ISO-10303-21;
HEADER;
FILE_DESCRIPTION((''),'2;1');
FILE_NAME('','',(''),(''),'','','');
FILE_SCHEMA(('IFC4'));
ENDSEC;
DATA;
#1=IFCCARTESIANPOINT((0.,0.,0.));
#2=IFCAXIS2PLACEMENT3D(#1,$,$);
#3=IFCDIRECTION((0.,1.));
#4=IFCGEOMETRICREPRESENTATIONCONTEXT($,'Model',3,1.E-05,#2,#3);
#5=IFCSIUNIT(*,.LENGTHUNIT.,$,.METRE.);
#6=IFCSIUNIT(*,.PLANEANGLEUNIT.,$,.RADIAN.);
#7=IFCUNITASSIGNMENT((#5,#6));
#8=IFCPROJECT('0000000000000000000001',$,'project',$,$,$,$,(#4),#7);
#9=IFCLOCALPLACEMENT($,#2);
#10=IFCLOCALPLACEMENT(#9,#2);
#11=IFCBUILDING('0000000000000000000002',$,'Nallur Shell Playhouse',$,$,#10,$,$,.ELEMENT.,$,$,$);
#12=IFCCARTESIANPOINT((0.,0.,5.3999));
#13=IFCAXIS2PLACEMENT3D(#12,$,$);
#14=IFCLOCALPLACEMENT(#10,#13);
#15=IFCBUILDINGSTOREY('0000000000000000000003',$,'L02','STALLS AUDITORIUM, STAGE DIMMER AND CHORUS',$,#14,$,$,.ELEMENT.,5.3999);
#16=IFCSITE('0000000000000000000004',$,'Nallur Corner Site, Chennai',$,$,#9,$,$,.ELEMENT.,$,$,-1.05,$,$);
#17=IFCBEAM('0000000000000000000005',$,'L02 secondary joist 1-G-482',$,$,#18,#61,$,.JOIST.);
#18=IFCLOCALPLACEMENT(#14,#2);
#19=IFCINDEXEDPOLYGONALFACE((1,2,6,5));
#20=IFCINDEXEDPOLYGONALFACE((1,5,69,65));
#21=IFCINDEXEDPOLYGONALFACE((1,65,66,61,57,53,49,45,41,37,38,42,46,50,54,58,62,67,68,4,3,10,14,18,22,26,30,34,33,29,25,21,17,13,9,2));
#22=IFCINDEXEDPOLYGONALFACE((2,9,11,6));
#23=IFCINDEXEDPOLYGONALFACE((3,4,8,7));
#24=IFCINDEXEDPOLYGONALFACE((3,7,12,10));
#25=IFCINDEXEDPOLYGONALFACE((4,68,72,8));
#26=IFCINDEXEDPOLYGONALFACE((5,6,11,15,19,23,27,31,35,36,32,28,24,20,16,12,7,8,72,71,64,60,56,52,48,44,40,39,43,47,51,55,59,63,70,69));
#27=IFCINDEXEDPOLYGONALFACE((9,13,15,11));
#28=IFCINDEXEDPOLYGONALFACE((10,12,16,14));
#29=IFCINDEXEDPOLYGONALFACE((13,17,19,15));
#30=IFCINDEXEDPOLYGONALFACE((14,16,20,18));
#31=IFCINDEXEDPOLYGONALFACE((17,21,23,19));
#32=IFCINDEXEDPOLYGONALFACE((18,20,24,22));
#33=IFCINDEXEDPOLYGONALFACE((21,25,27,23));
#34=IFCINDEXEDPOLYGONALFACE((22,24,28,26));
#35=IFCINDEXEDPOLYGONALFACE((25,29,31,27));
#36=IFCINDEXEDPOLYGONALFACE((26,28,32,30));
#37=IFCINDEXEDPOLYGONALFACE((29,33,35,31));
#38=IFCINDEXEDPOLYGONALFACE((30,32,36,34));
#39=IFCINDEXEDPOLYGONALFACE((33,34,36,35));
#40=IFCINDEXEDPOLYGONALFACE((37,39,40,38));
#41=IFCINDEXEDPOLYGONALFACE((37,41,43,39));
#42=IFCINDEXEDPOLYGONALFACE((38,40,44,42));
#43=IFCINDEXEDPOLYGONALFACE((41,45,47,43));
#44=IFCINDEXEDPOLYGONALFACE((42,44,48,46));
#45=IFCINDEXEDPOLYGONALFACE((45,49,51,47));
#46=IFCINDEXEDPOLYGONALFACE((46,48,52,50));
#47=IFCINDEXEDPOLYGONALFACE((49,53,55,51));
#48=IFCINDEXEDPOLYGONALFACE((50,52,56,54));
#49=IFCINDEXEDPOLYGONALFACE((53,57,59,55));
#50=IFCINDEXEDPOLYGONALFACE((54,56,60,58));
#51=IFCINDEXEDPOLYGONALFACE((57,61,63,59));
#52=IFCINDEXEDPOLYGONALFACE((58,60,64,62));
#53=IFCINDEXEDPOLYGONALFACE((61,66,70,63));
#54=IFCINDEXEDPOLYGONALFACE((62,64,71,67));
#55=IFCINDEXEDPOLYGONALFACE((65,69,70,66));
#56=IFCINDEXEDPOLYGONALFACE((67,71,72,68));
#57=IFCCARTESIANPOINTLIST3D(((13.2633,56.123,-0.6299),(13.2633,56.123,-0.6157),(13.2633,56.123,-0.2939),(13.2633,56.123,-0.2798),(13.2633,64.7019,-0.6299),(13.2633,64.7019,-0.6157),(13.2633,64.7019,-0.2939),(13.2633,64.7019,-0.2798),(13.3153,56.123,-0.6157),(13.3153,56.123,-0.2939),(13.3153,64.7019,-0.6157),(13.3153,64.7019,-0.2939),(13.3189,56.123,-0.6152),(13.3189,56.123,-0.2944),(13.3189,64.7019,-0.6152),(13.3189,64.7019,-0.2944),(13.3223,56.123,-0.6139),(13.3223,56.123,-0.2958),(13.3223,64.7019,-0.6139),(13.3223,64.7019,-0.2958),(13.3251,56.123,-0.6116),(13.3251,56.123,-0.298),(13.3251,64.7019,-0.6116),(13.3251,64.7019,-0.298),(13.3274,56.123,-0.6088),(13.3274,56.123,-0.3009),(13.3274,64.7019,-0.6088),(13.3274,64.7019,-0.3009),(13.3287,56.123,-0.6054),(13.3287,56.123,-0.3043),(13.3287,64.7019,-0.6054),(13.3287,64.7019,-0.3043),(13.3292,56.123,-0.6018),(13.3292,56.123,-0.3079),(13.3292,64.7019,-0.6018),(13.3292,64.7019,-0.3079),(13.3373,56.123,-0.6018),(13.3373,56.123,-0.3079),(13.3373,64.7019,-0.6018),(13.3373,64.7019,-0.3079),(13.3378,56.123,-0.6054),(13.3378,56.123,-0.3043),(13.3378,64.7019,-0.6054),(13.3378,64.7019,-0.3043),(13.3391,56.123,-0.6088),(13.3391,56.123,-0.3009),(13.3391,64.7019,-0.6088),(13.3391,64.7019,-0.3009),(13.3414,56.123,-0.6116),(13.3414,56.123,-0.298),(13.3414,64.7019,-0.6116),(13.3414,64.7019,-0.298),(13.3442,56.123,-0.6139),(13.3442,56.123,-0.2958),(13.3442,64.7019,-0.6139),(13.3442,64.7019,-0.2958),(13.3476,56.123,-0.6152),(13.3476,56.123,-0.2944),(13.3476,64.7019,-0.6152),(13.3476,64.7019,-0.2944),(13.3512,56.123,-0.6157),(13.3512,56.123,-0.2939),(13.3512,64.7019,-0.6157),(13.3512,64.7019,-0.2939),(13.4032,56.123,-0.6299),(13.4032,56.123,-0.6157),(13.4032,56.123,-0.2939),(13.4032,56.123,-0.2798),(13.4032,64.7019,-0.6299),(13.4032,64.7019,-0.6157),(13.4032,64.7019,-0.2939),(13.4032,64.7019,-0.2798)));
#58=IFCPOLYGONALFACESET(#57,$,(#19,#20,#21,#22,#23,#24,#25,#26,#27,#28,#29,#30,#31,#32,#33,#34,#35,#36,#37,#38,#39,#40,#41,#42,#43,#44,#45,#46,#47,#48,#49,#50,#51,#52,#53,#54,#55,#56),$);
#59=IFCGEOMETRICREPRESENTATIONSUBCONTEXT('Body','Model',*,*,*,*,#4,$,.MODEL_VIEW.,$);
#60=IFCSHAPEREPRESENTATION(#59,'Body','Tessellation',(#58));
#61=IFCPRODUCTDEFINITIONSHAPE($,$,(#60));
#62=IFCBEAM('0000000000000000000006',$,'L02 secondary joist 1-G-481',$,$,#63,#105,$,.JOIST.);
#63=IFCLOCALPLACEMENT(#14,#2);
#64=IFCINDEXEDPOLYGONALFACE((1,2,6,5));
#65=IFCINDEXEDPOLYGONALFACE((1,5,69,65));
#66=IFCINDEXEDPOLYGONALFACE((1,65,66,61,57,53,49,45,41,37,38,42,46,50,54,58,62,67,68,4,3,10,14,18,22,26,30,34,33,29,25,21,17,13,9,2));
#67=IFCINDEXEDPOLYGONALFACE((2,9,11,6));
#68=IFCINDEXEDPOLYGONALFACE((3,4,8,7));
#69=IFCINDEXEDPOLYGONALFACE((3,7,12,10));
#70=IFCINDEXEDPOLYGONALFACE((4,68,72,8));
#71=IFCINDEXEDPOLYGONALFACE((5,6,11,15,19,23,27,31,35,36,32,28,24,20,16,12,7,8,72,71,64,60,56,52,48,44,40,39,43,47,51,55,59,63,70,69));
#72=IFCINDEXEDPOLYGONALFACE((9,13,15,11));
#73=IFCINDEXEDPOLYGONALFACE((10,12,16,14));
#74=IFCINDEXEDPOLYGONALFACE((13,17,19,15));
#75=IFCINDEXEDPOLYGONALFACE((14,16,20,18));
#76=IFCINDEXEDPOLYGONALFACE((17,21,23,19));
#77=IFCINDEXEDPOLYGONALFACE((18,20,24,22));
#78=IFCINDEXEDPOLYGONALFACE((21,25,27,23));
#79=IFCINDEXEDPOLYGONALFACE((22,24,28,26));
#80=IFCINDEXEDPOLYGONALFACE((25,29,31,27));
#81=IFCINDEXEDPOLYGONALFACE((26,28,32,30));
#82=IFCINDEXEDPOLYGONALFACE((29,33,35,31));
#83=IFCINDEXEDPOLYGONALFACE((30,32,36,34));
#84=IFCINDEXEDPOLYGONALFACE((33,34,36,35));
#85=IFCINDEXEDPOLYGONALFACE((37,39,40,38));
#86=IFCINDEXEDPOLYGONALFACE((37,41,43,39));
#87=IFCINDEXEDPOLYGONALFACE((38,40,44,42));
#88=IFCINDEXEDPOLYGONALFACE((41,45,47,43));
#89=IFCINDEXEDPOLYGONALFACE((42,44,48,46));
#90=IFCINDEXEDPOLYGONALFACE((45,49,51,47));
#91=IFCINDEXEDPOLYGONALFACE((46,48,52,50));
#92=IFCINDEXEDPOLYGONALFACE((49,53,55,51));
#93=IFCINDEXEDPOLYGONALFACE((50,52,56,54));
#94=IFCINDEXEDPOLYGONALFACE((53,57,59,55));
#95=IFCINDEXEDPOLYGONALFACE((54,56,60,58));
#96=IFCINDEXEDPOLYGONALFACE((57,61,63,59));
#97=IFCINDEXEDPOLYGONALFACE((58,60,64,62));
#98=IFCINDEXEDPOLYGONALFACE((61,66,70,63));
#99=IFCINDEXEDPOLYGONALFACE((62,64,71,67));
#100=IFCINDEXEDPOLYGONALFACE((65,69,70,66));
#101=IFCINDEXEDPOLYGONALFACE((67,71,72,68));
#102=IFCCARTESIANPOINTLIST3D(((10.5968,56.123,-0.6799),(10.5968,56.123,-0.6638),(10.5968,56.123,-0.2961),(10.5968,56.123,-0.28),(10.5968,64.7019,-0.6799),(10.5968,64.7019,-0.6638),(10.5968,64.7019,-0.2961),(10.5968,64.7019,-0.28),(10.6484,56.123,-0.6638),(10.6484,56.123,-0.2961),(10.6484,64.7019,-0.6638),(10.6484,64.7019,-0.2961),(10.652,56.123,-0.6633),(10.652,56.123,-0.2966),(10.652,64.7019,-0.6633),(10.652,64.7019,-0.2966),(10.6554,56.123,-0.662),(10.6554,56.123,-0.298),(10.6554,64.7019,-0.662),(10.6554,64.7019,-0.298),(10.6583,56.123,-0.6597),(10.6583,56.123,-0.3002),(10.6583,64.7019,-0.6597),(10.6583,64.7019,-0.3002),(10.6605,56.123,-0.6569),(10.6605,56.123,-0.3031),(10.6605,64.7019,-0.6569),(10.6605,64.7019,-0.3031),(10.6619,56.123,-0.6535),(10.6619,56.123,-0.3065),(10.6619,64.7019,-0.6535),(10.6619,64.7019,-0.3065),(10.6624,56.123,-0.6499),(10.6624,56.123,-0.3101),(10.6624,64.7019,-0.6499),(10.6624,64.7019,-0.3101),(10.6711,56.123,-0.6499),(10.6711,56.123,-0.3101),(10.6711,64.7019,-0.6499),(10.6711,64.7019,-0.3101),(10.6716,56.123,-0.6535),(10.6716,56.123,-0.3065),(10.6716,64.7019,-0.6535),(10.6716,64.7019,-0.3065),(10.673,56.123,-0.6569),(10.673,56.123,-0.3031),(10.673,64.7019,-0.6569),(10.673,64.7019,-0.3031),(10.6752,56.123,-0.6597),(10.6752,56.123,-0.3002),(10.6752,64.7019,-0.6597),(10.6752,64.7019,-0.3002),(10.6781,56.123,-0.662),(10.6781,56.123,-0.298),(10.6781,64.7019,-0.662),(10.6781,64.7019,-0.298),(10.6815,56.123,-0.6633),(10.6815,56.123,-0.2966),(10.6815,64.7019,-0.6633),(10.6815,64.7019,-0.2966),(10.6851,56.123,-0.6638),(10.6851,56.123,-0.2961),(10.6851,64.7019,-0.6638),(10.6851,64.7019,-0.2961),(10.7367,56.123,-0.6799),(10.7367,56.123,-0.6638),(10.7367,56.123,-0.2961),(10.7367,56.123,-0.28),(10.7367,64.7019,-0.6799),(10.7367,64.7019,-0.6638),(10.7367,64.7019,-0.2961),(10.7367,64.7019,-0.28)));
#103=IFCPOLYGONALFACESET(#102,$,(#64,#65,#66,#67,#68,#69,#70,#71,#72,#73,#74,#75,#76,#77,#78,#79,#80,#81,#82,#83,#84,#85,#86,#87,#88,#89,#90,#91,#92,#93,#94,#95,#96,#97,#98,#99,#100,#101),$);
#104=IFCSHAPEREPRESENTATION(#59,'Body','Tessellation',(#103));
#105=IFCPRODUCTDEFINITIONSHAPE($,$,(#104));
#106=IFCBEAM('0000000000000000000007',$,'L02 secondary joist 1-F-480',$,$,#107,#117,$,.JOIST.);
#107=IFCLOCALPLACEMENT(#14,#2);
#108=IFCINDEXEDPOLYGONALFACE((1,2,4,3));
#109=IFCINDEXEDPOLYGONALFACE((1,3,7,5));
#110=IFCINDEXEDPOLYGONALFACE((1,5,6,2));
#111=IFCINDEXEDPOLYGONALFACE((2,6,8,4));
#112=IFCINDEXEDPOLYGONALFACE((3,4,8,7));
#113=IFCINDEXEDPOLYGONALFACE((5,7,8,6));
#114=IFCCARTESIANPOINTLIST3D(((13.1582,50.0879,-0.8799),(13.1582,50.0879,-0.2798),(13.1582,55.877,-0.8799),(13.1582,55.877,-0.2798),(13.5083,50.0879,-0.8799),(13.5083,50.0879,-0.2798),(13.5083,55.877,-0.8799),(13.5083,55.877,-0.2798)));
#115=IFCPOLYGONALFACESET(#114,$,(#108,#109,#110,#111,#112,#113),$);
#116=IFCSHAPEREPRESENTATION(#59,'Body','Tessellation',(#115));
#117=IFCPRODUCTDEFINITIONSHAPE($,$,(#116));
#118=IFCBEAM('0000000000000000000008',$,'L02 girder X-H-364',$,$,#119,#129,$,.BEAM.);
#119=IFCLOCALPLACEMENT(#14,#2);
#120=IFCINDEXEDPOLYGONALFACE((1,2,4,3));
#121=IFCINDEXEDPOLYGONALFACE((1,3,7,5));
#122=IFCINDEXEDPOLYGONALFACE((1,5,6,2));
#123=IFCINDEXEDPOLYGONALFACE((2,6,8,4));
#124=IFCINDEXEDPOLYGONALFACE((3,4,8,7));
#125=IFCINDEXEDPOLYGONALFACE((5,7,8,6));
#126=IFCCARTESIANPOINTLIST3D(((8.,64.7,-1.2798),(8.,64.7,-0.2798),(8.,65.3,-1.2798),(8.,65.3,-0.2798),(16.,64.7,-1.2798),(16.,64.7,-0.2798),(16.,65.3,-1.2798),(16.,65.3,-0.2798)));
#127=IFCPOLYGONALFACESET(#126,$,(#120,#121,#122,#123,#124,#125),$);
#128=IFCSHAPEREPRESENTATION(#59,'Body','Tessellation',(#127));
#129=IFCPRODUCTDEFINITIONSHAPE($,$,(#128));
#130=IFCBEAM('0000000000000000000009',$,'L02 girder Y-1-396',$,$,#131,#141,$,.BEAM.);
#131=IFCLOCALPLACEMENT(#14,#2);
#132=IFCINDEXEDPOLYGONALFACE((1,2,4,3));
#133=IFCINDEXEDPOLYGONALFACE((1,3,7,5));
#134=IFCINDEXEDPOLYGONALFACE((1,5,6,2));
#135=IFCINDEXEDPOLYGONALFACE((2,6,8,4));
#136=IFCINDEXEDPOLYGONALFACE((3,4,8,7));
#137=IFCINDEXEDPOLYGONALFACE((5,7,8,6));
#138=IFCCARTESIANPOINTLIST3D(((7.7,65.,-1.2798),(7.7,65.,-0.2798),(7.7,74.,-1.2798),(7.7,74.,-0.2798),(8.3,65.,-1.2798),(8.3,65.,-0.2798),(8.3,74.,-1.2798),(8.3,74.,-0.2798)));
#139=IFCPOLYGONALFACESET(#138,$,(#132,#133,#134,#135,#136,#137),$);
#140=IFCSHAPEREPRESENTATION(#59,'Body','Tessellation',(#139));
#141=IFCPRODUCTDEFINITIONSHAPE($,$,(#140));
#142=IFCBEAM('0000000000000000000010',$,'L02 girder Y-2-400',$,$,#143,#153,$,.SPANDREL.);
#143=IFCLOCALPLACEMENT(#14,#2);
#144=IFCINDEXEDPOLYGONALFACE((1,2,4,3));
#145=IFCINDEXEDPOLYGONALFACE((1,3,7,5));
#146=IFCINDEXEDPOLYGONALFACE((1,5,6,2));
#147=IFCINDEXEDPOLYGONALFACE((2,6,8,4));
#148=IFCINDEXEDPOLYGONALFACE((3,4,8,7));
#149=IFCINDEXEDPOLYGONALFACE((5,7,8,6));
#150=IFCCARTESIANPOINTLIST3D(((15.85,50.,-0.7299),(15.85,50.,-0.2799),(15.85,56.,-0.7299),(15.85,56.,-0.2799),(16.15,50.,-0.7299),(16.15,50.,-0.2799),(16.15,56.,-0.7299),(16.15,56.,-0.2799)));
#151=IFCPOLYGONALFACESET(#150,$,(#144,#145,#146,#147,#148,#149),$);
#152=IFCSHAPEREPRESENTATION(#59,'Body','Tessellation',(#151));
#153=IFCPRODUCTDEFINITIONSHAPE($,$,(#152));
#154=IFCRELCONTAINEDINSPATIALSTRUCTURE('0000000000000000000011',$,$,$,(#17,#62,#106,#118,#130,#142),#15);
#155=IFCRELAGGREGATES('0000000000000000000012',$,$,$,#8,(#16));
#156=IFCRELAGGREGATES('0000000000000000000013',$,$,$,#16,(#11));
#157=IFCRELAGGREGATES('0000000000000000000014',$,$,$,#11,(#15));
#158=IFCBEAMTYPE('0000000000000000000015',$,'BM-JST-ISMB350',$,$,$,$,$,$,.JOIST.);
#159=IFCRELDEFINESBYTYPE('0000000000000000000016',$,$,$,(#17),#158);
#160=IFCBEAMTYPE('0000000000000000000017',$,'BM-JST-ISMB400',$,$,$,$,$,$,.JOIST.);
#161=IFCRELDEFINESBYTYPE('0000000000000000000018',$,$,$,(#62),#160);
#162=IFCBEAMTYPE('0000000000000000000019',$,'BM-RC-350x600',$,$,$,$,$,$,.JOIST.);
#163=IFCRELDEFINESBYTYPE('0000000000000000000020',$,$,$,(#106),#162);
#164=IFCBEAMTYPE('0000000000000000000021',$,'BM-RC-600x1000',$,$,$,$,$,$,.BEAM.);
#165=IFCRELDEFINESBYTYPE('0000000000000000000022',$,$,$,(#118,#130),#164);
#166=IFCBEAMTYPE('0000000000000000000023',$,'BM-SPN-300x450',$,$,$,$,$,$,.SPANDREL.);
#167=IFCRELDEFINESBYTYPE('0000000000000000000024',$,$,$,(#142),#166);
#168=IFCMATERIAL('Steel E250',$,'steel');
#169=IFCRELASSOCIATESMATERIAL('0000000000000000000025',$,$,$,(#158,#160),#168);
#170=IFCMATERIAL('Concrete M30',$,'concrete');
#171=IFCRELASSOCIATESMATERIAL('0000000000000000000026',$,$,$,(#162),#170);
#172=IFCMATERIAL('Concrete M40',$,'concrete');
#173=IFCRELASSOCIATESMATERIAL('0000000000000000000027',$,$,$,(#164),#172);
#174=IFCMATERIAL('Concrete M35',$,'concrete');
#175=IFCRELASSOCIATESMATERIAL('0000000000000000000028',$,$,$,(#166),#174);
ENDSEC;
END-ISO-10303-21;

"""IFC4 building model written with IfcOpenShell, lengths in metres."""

from ifc_helpers import new_model, si_unit, direction, frame, origin, origin_2d, place, context, subcontext, project, spatial, rectangle, i_section, extrude, material, material_profile, profile_set, type_object, element, save


model = new_model("IFC4")

# Units and contexts
model_context = context("Model", 3, precision=1e-05, world=origin(), true_north=direction((0.0, 1.0)))
body_context = subcontext(model_context, "Body", "Model", "MODEL_VIEW")
ifc_project = project(units=[si_unit("LENGTHUNIT", "METRE"), si_unit("PLANEANGLEUNIT", "RADIAN")], contexts=[model_context])

# Site, building, storey
site_placement = place(None, origin())
site = spatial("IfcSite", under=ifc_project, at=site_placement, Name="Nallur Corner Site, Chennai", CompositionType="ELEMENT", RefElevation=-1.05)
building_placement = place(site_placement, origin())
building = spatial("IfcBuilding", under=site, at=building_placement, Name="Nallur Shell Playhouse", CompositionType="ELEMENT")
storey_placement = place(building_placement, frame((0.0, 0.0, 5.3999)))
storey = spatial("IfcBuildingStorey", under=building, at=storey_placement, Name="L02", Description="STALLS AUDITORIUM, STAGE DIMMER AND CHORUS", CompositionType="ELEMENT", Elevation=5.3999)

# Shared definitions
ifc_material_1 = material(Name="Concrete M40", Category="concrete")

# Beams
ifc_material_2 = material(Name="Steel E250", Category="steel")
ifc_material_profile_1 = material_profile(ifc_material_2, i_section(OverallWidth=0.1399, OverallDepth=0.3501, WebThickness=0.0081, FlangeThickness=0.0142, FilletRadius=0.0139, at=origin_2d()), Name="ISMB 350")
ifc_profile_set_1 = profile_set([ifc_material_profile_1], Name="Steel E250")
beam_type_1 = type_object("IfcBeamType", Name="BM-JST-ISMB350", PredefinedType="JOIST", material=ifc_profile_set_1)
beam_1_placement = place(storey_placement, frame((13.3333, 56.123, -0.4548), z_axis=(0.0, 1.0, 0.0), x_axis=(-1.0, 0.0, 0.0)))
element("IfcBeam", 1, at=beam_1_placement, inside=storey, type_object=beam_type_1, Name="L02 secondary joist 1-G-482", PredefinedType="JOIST", context=body_context, shape_type="SweptSolid", body=[
    extrude(i_section(OverallWidth=0.1399, OverallDepth=0.3501, WebThickness=0.0081, FlangeThickness=0.0142, FilletRadius=0.0139, at=origin_2d()), origin(), (0.0, 0.0, 1.0), 8.5789),
])
ifc_material_profile_2 = material_profile(ifc_material_2, i_section(OverallWidth=0.1399, OverallDepth=0.3999, WebThickness=0.0088, FlangeThickness=0.0161, FilletRadius=0.0139, at=origin_2d()), Name="ISMB 400")
ifc_profile_set_2 = profile_set([ifc_material_profile_2], Name="Steel E250")
beam_type_2 = type_object("IfcBeamType", Name="BM-JST-ISMB400", PredefinedType="JOIST", material=ifc_profile_set_2)
beam_2_placement = place(storey_placement, frame((10.6667, 56.123, -0.48), z_axis=(0.0, 1.0, 0.0), x_axis=(-1.0, 0.0, 0.0)))
element("IfcBeam", 2, at=beam_2_placement, inside=storey, type_object=beam_type_2, Name="L02 secondary joist 1-G-481", PredefinedType="JOIST", context=body_context, shape_type="SweptSolid", body=[
    extrude(i_section(OverallWidth=0.1399, OverallDepth=0.3999, WebThickness=0.0088, FlangeThickness=0.0161, FilletRadius=0.0139, at=origin_2d()), origin(), (0.0, 0.0, 1.0), 8.5789),
])
ifc_material_3 = material(Name="Concrete M30", Category="concrete")
ifc_material_profile_3 = material_profile(ifc_material_3, rectangle(XDim=0.3501, YDim=0.6001, at=origin_2d()), Name="RC 350x600")
ifc_profile_set_3 = profile_set([ifc_material_profile_3], Name="Concrete M30")
beam_type_3 = type_object("IfcBeamType", Name="BM-RC-350x600", PredefinedType="JOIST", material=ifc_profile_set_3)
beam_3_placement = place(storey_placement, frame((13.3333, 50.0879, -0.5798), z_axis=(0.0, 1.0, 0.0), x_axis=(-1.0, 0.0, 0.0)))
element("IfcBeam", 3, at=beam_3_placement, inside=storey, type_object=beam_type_3, Name="L02 secondary joist 1-F-480", PredefinedType="JOIST", context=body_context, shape_type="SweptSolid", body=[
    extrude(rectangle(XDim=0.3501, YDim=0.6001, at=origin_2d()), origin(), (0.0, 0.0, 1.0), 5.7891),
])
ifc_material_profile_4 = material_profile(ifc_material_1, rectangle(XDim=0.6001, YDim=1.0, at=origin_2d()), Name="RC 600x1000")
ifc_profile_set_4 = profile_set([ifc_material_profile_4], Name="Concrete M40")
beam_type_4 = type_object("IfcBeamType", Name="BM-RC-600x1000", PredefinedType="BEAM", material=ifc_profile_set_4)
beam_4_placement = place(storey_placement, frame((8.0, 65.0, -0.7798), z_axis=(1.0, 0.0, 0.0), x_axis=(0.0, 1.0, 0.0)))
element("IfcBeam", 4, at=beam_4_placement, inside=storey, type_object=beam_type_4, Name="L02 girder X-H-364", PredefinedType="BEAM", context=body_context, shape_type="SweptSolid", body=[
    extrude(rectangle(XDim=0.6001, YDim=1.0, at=origin_2d()), origin(), (0.0, 0.0, 1.0), 8.0),
])
beam_5_placement = place(storey_placement, frame((8.0, 65.0, -0.7798), z_axis=(0.0, 1.0, 0.0), x_axis=(-1.0, 0.0, 0.0)))
element("IfcBeam", 5, at=beam_5_placement, inside=storey, type_object=beam_type_4, Name="L02 girder Y-1-396", PredefinedType="BEAM", context=body_context, shape_type="SweptSolid", body=[
    extrude(rectangle(XDim=0.6001, YDim=1.0, at=origin_2d()), origin(), (0.0, 0.0, 1.0), 9.0),
])
ifc_material_4 = material(Name="Concrete M35", Category="concrete")
ifc_material_profile_5 = material_profile(ifc_material_4, rectangle(XDim=0.3, YDim=0.45, at=origin_2d()), Name="RC 300x450")
ifc_profile_set_5 = profile_set([ifc_material_profile_5], Name="Concrete M35")
beam_type_5 = type_object("IfcBeamType", Name="BM-SPN-300x450", PredefinedType="SPANDREL", material=ifc_profile_set_5)
beam_6_placement = place(storey_placement, frame((16.0, 50.0, -0.5049), z_axis=(0.0, 1.0, 0.0), x_axis=(-1.0, 0.0, 0.0)))
element("IfcBeam", 6, at=beam_6_placement, inside=storey, type_object=beam_type_5, Name="L02 girder Y-2-400", PredefinedType="SPANDREL", context=body_context, shape_type="SweptSolid", body=[
    extrude(rectangle(XDim=0.3, YDim=0.45, at=origin_2d()), origin(), (0.0, 0.0, 1.0), 6.0),
])

save(model, "model.ifc")
